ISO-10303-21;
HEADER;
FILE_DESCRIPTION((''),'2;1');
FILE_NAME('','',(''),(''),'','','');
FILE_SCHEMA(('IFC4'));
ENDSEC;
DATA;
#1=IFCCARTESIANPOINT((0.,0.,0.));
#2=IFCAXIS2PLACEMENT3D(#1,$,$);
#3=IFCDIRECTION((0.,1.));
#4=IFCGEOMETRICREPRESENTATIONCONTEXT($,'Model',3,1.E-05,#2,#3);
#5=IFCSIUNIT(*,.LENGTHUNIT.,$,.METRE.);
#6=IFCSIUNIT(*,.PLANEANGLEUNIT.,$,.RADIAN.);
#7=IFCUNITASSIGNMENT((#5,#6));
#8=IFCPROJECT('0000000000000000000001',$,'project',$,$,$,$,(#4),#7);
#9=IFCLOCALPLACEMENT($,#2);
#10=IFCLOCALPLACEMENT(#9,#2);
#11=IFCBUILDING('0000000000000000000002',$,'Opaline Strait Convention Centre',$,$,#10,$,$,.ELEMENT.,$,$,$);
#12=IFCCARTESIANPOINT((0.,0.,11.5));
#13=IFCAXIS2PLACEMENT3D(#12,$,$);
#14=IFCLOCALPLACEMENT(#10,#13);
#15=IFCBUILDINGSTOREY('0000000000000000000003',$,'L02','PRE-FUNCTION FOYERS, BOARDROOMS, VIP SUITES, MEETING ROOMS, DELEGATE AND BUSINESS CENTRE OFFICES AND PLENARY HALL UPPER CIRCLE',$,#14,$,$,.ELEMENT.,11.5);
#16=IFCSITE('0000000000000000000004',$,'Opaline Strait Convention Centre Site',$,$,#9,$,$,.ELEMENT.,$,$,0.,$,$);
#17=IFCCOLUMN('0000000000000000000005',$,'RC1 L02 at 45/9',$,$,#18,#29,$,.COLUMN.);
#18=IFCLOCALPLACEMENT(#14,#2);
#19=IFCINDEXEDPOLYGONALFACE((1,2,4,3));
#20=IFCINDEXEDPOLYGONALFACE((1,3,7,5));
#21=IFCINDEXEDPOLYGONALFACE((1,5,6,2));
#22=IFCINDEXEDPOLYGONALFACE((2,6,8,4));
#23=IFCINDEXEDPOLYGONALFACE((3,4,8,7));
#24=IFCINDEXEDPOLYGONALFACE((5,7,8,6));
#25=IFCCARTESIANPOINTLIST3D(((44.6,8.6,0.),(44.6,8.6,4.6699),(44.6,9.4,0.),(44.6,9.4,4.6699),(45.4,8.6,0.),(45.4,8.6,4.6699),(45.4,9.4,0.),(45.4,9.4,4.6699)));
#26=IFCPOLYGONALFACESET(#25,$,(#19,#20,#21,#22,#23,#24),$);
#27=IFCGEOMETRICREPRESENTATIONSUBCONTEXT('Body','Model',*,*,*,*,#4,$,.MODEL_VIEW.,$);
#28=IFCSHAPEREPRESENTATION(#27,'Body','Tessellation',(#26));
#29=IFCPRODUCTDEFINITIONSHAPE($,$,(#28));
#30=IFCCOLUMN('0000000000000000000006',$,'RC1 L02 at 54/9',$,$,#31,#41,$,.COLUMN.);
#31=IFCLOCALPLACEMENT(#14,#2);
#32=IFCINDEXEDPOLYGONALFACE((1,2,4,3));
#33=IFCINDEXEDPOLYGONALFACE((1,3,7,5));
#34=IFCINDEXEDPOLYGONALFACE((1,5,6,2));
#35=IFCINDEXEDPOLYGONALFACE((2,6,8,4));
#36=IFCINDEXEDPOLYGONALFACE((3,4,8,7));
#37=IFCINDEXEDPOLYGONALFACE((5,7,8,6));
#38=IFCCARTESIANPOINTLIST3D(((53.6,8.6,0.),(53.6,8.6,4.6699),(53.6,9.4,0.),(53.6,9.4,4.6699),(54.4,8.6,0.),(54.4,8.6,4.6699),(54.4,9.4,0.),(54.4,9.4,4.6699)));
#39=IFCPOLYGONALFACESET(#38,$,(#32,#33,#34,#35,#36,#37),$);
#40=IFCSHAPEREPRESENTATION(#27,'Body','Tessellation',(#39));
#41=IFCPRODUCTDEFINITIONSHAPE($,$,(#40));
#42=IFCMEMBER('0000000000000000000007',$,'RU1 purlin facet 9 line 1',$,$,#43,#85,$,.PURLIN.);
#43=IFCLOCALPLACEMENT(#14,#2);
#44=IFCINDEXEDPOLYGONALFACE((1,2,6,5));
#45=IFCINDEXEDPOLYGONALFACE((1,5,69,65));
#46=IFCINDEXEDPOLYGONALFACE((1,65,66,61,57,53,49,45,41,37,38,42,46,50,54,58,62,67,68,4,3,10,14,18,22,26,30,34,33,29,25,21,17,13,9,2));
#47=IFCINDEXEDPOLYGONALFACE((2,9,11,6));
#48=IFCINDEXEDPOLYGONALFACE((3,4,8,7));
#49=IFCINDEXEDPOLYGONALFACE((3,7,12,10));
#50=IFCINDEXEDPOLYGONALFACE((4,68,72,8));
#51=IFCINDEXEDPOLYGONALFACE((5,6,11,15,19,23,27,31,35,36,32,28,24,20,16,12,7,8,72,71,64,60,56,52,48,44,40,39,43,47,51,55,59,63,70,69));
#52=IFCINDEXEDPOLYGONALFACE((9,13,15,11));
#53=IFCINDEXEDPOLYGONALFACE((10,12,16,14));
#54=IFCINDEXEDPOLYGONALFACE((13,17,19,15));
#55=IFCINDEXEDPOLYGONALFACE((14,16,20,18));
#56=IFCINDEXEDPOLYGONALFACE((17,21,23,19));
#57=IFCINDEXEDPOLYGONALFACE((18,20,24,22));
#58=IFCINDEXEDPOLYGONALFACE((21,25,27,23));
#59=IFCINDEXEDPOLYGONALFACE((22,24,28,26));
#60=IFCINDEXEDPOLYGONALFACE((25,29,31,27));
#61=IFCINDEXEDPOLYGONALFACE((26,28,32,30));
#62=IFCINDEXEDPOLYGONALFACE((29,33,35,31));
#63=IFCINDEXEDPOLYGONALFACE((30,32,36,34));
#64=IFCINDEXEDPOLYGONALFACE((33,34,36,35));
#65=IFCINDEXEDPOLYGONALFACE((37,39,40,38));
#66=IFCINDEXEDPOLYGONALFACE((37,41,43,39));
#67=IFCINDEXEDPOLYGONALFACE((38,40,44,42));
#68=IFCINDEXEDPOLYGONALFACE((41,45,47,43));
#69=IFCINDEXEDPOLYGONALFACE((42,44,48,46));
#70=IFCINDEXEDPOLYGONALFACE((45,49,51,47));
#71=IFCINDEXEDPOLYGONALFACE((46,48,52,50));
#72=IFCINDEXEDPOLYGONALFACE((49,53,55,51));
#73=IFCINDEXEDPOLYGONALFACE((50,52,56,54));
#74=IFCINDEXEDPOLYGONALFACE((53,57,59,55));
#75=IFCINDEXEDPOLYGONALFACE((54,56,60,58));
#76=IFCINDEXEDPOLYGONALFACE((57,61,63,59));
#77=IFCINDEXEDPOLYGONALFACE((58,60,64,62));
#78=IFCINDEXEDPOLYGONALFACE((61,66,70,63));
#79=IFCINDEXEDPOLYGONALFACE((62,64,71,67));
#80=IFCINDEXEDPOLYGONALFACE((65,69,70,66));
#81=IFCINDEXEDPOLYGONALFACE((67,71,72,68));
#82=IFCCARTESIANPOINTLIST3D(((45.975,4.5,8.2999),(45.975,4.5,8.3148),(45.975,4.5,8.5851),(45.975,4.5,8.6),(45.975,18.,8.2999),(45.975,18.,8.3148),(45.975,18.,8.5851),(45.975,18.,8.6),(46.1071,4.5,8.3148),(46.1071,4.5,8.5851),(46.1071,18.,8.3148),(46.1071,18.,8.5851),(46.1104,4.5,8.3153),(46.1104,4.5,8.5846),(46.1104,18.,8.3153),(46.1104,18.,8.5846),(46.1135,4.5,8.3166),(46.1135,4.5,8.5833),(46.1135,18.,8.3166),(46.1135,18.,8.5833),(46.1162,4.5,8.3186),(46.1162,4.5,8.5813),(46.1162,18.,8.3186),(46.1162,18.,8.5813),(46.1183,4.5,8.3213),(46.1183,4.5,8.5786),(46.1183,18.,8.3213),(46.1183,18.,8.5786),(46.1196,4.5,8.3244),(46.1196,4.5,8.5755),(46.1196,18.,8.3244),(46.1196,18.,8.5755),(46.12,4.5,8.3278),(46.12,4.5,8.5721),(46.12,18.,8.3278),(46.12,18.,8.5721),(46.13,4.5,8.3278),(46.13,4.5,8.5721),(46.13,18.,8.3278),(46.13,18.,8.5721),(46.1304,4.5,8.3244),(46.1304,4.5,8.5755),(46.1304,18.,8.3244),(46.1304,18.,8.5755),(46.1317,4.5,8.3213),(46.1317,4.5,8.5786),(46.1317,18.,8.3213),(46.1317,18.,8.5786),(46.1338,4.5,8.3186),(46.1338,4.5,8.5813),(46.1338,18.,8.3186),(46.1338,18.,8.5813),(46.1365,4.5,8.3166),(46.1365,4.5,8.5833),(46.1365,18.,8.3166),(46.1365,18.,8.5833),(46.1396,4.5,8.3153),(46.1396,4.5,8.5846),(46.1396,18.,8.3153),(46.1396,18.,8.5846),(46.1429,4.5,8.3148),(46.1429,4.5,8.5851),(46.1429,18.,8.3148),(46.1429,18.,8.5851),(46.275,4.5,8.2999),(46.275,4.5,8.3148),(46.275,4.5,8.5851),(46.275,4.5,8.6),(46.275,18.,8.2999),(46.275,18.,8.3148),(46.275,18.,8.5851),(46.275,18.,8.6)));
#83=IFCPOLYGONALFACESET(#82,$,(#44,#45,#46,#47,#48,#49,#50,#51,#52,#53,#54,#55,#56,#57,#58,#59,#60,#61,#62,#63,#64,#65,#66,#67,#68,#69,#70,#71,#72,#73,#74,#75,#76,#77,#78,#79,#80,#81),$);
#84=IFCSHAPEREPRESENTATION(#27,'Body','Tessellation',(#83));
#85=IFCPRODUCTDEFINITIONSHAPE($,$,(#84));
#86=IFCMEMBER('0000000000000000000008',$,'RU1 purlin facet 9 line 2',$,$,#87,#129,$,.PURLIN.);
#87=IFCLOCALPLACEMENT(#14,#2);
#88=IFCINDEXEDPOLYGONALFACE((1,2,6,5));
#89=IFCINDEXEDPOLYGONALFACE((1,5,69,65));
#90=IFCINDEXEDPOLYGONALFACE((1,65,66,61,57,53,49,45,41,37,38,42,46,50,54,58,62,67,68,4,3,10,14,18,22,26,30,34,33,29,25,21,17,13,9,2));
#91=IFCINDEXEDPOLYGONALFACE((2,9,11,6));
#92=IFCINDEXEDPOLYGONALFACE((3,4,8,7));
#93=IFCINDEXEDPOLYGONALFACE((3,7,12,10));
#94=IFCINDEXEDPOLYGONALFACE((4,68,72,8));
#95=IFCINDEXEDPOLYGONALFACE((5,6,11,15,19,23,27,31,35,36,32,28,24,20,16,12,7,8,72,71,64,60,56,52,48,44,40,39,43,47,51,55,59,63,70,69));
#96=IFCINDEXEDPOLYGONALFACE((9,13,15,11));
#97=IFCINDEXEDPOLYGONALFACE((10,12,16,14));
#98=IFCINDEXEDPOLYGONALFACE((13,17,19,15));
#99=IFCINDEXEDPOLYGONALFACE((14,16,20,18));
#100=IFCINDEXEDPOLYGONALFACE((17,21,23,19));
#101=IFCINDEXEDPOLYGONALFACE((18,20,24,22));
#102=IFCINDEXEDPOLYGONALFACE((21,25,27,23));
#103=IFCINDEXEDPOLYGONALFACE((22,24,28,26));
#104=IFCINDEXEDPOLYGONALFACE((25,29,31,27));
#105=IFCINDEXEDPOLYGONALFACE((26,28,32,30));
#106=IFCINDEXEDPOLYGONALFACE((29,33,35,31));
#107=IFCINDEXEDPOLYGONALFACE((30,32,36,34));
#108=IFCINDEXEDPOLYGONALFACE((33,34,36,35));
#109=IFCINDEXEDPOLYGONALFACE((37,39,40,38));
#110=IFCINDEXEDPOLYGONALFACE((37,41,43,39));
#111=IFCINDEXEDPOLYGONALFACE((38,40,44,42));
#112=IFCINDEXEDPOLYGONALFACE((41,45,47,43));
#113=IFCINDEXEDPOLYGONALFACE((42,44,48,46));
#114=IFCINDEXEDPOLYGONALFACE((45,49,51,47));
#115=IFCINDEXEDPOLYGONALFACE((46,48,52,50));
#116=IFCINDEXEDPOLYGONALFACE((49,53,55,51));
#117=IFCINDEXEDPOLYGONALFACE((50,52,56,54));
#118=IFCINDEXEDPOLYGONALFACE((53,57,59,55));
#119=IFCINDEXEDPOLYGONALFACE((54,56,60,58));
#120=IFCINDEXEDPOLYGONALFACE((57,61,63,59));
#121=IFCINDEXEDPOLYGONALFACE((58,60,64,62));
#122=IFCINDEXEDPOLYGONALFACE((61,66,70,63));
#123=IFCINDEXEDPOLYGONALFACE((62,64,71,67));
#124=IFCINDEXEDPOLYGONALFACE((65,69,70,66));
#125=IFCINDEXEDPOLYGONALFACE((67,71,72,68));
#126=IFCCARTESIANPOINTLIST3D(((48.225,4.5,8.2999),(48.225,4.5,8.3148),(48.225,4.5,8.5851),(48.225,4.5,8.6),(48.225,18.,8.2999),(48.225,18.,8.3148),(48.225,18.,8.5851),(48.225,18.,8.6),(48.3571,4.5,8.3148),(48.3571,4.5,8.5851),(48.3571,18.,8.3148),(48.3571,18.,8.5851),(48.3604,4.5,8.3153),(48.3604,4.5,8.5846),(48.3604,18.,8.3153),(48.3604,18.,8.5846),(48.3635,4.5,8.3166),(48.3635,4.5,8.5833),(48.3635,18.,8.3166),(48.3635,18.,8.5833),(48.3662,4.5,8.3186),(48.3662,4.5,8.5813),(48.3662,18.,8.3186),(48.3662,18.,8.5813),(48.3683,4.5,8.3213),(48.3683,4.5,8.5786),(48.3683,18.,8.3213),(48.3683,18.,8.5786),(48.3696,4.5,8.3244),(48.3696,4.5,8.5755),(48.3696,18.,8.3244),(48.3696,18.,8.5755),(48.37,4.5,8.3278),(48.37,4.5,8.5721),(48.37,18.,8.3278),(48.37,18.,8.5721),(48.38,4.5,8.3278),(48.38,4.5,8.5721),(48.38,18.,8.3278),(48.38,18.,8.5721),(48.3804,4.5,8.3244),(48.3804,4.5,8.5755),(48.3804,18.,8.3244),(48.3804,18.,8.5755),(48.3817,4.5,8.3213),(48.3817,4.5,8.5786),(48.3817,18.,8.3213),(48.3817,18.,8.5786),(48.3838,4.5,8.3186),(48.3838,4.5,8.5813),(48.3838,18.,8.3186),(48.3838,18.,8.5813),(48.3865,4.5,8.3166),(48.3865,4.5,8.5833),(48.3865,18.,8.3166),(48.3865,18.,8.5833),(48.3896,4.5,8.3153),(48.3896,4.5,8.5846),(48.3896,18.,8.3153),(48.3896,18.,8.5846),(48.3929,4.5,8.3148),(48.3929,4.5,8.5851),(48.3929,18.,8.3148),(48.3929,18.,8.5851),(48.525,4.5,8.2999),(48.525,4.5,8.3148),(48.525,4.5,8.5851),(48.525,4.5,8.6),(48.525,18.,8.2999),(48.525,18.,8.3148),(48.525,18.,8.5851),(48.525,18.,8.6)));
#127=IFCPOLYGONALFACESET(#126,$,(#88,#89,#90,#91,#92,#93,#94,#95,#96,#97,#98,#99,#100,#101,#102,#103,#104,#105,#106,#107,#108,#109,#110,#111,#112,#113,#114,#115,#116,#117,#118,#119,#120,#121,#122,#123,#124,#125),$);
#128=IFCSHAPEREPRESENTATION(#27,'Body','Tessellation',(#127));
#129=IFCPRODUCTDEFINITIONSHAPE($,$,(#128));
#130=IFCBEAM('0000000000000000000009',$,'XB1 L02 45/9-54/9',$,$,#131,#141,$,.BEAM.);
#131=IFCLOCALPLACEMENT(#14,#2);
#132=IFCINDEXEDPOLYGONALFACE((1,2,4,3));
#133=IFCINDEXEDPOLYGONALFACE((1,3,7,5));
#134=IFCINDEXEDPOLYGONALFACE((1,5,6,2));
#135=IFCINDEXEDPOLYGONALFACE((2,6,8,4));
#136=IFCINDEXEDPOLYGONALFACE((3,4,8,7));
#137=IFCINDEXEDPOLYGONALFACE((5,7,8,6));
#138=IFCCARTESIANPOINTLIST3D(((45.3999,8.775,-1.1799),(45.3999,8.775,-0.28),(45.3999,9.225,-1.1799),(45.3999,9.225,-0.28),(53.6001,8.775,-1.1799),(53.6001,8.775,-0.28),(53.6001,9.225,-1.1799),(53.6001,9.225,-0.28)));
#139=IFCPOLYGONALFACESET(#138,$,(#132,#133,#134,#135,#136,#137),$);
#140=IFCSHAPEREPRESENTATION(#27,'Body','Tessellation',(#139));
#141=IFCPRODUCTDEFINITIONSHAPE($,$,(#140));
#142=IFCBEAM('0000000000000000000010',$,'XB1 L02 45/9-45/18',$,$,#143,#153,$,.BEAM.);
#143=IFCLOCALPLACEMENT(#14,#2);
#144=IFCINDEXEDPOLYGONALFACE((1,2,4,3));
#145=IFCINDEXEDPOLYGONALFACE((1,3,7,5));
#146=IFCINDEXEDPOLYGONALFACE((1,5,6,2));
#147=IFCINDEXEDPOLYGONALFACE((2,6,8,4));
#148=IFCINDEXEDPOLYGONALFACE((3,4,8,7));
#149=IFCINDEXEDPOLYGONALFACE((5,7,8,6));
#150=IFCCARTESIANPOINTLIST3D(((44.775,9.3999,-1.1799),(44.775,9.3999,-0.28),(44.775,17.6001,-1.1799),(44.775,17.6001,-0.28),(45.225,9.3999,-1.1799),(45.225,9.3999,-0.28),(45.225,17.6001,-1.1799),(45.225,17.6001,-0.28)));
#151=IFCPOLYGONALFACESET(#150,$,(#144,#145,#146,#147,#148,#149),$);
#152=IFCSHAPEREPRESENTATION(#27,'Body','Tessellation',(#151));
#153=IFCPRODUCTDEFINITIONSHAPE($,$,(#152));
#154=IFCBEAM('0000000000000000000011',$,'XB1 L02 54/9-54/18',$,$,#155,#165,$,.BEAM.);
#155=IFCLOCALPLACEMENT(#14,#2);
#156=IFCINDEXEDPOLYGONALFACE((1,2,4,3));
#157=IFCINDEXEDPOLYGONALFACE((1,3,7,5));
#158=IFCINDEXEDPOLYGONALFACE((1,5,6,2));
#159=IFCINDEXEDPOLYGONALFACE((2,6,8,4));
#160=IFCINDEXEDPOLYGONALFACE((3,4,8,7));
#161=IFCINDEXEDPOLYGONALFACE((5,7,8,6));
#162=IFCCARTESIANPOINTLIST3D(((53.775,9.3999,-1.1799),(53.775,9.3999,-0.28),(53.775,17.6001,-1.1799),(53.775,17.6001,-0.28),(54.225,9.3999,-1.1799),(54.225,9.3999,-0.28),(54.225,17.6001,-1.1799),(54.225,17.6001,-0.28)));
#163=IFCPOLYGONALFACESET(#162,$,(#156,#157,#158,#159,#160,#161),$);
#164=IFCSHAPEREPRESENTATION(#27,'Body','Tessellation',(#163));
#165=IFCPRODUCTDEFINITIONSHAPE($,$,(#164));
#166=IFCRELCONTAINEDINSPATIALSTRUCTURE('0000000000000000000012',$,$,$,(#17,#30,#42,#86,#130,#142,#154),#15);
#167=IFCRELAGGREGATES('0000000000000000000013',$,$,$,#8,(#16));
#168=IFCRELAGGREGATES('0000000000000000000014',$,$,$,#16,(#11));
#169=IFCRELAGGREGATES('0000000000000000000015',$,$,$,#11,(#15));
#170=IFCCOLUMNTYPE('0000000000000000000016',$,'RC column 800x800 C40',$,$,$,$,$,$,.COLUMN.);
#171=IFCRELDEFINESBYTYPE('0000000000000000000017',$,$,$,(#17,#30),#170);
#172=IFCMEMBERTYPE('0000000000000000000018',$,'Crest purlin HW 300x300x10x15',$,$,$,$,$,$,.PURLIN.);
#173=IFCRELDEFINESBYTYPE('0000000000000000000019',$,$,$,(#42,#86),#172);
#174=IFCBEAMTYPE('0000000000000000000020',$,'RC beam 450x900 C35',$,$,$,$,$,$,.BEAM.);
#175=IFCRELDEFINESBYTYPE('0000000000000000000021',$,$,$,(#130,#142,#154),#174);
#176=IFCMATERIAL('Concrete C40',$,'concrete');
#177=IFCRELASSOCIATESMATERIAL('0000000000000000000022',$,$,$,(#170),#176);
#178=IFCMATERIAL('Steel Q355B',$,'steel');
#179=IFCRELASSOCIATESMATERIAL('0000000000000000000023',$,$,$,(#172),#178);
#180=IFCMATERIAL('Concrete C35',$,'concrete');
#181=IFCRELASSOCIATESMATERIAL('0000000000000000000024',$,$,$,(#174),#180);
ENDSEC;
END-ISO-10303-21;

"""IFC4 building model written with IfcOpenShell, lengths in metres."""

from ifc_helpers import new_model, si_unit, direction, frame, origin, origin_2d, place, context, subcontext, project, spatial, rectangle, i_section, extrude, material, material_profile, profile_set, type_object, element, save


model = new_model("IFC4")

# Units and contexts
model_context = context("Model", 3, precision=1e-05, world=origin(), true_north=direction((0.0, 1.0)))
body_context = subcontext(model_context, "Body", "Model", "MODEL_VIEW")
ifc_project = project(units=[si_unit("LENGTHUNIT", "METRE"), si_unit("PLANEANGLEUNIT", "RADIAN")], contexts=[model_context])

# Site, building, storey
site_placement = place(None, origin())
site = spatial("IfcSite", under=ifc_project, at=site_placement, Name="Opaline Strait Convention Centre Site", CompositionType="ELEMENT", RefElevation=0.0)
building_placement = place(site_placement, origin())
building = spatial("IfcBuilding", under=site, at=building_placement, Name="Opaline Strait Convention Centre", CompositionType="ELEMENT")
storey_placement = place(building_placement, frame((0.0, 0.0, 11.5)))
storey = spatial("IfcBuildingStorey", under=building, at=storey_placement, Name="L02", Description="PRE-FUNCTION FOYERS, BOARDROOMS, VIP SUITES, MEETING ROOMS, DELEGATE AND BUSINESS CENTRE OFFICES AND PLENARY HALL UPPER CIRCLE", CompositionType="ELEMENT", Elevation=11.5)

# Columns
ifc_material_1 = material(Name="Concrete C40", Category="concrete")
ifc_material_profile_1 = material_profile(ifc_material_1, rectangle(XDim=0.8, YDim=0.8, at=origin_2d()), Name="RC 800x800")
ifc_profile_set_1 = profile_set([ifc_material_profile_1], Name="Concrete C40")
column_type = type_object("IfcColumnType", Name="RC column 800x800 C40", PredefinedType="COLUMN", material=ifc_profile_set_1)
for number, where, z_axis, x_axis, name in (
    (1, (45.0, 9.0, 0.0), (0.0, 0.0, 1.0), (1.0, 0.0, 0.0), "RC1 L02 at 45/9"),
    (2, (54.0, 9.0, 0.0), (0.0, 0.0, 1.0), (1.0, 0.0, 0.0), "RC1 L02 at 54/9"),
):
    element("IfcColumn", number, at=place(storey_placement, frame(where, z_axis=z_axis, x_axis=x_axis)), inside=storey, type_object=column_type, Name=name, PredefinedType="COLUMN", context=body_context, shape_type="SweptSolid", body=[
        extrude(rectangle(XDim=0.8, YDim=0.8, at=origin_2d()), origin(), (0.0, 0.0, 1.0), 4.6699),
    ])

# Members
ifc_material_2 = material(Name="Steel Q355B", Category="steel")
ifc_material_profile_2 = material_profile(ifc_material_2, i_section(OverallWidth=0.3, OverallDepth=0.3, WebThickness=0.01, FlangeThickness=0.0149, FilletRadius=0.0129, at=origin_2d()), Name="HW 300x300x10x15")
ifc_profile_set_2 = profile_set([ifc_material_profile_2], Name="Steel Q355B")
member_type_1 = type_object("IfcMemberType", Name="Crest purlin HW 300x300x10x15", PredefinedType="PURLIN", material=ifc_profile_set_2)
for number, where, z_axis, x_axis, name in (
    (3, (46.125, 4.5, 8.45), (0.0, 1.0, 0.0), (-1.0, 0.0, 0.0), "RU1 purlin facet 9 line 1"),
    (4, (48.375, 4.5, 8.45), (0.0, 1.0, 0.0), (-1.0, 0.0, 0.0), "RU1 purlin facet 9 line 2"),
):
    element("IfcMember", number, at=place(storey_placement, frame(where, z_axis=z_axis, x_axis=x_axis)), inside=storey, type_object=member_type_1, Name=name, PredefinedType="PURLIN", context=body_context, shape_type="SweptSolid", body=[
        extrude(i_section(OverallWidth=0.3, OverallDepth=0.3, WebThickness=0.01, FlangeThickness=0.0149, FilletRadius=0.0129, at=origin_2d()), origin(), (0.0, 0.0, 1.0), 13.5),
    ])

# Beams
ifc_material_3 = material(Name="Concrete C35", Category="concrete")
ifc_material_profile_3 = material_profile(ifc_material_3, rectangle(XDim=0.45, YDim=0.8999, at=origin_2d()), Name="RC 450x900")
ifc_profile_set_3 = profile_set([ifc_material_profile_3], Name="Concrete C35")
beam_type = type_object("IfcBeamType", Name="RC beam 450x900 C35", PredefinedType="BEAM", material=ifc_profile_set_3)
for number, where, z_axis, x_axis, name in (
    (5, (45.3999, 9.0, -0.73), (1.0, 0.0, 0.0), (0.0, 1.0, 0.0), "XB1 L02 45/9-54/9"),
    (6, (45.0, 9.3999, -0.73), (0.0, 1.0, 0.0), (-1.0, 0.0, 0.0), "XB1 L02 45/9-45/18"),
    (7, (54.0, 9.3999, -0.73), (0.0, 1.0, 0.0), (-1.0, 0.0, 0.0), "XB1 L02 54/9-54/18"),
):
    element("IfcBeam", number, at=place(storey_placement, frame(where, z_axis=z_axis, x_axis=x_axis)), inside=storey, type_object=beam_type, Name=name, PredefinedType="BEAM", context=body_context, shape_type="SweptSolid", body=[
        extrude(rectangle(XDim=0.45, YDim=0.8999, at=origin_2d()), origin(), (0.0, 0.0, 1.0), 8.2002),
    ])

save(model, "model.ifc")
